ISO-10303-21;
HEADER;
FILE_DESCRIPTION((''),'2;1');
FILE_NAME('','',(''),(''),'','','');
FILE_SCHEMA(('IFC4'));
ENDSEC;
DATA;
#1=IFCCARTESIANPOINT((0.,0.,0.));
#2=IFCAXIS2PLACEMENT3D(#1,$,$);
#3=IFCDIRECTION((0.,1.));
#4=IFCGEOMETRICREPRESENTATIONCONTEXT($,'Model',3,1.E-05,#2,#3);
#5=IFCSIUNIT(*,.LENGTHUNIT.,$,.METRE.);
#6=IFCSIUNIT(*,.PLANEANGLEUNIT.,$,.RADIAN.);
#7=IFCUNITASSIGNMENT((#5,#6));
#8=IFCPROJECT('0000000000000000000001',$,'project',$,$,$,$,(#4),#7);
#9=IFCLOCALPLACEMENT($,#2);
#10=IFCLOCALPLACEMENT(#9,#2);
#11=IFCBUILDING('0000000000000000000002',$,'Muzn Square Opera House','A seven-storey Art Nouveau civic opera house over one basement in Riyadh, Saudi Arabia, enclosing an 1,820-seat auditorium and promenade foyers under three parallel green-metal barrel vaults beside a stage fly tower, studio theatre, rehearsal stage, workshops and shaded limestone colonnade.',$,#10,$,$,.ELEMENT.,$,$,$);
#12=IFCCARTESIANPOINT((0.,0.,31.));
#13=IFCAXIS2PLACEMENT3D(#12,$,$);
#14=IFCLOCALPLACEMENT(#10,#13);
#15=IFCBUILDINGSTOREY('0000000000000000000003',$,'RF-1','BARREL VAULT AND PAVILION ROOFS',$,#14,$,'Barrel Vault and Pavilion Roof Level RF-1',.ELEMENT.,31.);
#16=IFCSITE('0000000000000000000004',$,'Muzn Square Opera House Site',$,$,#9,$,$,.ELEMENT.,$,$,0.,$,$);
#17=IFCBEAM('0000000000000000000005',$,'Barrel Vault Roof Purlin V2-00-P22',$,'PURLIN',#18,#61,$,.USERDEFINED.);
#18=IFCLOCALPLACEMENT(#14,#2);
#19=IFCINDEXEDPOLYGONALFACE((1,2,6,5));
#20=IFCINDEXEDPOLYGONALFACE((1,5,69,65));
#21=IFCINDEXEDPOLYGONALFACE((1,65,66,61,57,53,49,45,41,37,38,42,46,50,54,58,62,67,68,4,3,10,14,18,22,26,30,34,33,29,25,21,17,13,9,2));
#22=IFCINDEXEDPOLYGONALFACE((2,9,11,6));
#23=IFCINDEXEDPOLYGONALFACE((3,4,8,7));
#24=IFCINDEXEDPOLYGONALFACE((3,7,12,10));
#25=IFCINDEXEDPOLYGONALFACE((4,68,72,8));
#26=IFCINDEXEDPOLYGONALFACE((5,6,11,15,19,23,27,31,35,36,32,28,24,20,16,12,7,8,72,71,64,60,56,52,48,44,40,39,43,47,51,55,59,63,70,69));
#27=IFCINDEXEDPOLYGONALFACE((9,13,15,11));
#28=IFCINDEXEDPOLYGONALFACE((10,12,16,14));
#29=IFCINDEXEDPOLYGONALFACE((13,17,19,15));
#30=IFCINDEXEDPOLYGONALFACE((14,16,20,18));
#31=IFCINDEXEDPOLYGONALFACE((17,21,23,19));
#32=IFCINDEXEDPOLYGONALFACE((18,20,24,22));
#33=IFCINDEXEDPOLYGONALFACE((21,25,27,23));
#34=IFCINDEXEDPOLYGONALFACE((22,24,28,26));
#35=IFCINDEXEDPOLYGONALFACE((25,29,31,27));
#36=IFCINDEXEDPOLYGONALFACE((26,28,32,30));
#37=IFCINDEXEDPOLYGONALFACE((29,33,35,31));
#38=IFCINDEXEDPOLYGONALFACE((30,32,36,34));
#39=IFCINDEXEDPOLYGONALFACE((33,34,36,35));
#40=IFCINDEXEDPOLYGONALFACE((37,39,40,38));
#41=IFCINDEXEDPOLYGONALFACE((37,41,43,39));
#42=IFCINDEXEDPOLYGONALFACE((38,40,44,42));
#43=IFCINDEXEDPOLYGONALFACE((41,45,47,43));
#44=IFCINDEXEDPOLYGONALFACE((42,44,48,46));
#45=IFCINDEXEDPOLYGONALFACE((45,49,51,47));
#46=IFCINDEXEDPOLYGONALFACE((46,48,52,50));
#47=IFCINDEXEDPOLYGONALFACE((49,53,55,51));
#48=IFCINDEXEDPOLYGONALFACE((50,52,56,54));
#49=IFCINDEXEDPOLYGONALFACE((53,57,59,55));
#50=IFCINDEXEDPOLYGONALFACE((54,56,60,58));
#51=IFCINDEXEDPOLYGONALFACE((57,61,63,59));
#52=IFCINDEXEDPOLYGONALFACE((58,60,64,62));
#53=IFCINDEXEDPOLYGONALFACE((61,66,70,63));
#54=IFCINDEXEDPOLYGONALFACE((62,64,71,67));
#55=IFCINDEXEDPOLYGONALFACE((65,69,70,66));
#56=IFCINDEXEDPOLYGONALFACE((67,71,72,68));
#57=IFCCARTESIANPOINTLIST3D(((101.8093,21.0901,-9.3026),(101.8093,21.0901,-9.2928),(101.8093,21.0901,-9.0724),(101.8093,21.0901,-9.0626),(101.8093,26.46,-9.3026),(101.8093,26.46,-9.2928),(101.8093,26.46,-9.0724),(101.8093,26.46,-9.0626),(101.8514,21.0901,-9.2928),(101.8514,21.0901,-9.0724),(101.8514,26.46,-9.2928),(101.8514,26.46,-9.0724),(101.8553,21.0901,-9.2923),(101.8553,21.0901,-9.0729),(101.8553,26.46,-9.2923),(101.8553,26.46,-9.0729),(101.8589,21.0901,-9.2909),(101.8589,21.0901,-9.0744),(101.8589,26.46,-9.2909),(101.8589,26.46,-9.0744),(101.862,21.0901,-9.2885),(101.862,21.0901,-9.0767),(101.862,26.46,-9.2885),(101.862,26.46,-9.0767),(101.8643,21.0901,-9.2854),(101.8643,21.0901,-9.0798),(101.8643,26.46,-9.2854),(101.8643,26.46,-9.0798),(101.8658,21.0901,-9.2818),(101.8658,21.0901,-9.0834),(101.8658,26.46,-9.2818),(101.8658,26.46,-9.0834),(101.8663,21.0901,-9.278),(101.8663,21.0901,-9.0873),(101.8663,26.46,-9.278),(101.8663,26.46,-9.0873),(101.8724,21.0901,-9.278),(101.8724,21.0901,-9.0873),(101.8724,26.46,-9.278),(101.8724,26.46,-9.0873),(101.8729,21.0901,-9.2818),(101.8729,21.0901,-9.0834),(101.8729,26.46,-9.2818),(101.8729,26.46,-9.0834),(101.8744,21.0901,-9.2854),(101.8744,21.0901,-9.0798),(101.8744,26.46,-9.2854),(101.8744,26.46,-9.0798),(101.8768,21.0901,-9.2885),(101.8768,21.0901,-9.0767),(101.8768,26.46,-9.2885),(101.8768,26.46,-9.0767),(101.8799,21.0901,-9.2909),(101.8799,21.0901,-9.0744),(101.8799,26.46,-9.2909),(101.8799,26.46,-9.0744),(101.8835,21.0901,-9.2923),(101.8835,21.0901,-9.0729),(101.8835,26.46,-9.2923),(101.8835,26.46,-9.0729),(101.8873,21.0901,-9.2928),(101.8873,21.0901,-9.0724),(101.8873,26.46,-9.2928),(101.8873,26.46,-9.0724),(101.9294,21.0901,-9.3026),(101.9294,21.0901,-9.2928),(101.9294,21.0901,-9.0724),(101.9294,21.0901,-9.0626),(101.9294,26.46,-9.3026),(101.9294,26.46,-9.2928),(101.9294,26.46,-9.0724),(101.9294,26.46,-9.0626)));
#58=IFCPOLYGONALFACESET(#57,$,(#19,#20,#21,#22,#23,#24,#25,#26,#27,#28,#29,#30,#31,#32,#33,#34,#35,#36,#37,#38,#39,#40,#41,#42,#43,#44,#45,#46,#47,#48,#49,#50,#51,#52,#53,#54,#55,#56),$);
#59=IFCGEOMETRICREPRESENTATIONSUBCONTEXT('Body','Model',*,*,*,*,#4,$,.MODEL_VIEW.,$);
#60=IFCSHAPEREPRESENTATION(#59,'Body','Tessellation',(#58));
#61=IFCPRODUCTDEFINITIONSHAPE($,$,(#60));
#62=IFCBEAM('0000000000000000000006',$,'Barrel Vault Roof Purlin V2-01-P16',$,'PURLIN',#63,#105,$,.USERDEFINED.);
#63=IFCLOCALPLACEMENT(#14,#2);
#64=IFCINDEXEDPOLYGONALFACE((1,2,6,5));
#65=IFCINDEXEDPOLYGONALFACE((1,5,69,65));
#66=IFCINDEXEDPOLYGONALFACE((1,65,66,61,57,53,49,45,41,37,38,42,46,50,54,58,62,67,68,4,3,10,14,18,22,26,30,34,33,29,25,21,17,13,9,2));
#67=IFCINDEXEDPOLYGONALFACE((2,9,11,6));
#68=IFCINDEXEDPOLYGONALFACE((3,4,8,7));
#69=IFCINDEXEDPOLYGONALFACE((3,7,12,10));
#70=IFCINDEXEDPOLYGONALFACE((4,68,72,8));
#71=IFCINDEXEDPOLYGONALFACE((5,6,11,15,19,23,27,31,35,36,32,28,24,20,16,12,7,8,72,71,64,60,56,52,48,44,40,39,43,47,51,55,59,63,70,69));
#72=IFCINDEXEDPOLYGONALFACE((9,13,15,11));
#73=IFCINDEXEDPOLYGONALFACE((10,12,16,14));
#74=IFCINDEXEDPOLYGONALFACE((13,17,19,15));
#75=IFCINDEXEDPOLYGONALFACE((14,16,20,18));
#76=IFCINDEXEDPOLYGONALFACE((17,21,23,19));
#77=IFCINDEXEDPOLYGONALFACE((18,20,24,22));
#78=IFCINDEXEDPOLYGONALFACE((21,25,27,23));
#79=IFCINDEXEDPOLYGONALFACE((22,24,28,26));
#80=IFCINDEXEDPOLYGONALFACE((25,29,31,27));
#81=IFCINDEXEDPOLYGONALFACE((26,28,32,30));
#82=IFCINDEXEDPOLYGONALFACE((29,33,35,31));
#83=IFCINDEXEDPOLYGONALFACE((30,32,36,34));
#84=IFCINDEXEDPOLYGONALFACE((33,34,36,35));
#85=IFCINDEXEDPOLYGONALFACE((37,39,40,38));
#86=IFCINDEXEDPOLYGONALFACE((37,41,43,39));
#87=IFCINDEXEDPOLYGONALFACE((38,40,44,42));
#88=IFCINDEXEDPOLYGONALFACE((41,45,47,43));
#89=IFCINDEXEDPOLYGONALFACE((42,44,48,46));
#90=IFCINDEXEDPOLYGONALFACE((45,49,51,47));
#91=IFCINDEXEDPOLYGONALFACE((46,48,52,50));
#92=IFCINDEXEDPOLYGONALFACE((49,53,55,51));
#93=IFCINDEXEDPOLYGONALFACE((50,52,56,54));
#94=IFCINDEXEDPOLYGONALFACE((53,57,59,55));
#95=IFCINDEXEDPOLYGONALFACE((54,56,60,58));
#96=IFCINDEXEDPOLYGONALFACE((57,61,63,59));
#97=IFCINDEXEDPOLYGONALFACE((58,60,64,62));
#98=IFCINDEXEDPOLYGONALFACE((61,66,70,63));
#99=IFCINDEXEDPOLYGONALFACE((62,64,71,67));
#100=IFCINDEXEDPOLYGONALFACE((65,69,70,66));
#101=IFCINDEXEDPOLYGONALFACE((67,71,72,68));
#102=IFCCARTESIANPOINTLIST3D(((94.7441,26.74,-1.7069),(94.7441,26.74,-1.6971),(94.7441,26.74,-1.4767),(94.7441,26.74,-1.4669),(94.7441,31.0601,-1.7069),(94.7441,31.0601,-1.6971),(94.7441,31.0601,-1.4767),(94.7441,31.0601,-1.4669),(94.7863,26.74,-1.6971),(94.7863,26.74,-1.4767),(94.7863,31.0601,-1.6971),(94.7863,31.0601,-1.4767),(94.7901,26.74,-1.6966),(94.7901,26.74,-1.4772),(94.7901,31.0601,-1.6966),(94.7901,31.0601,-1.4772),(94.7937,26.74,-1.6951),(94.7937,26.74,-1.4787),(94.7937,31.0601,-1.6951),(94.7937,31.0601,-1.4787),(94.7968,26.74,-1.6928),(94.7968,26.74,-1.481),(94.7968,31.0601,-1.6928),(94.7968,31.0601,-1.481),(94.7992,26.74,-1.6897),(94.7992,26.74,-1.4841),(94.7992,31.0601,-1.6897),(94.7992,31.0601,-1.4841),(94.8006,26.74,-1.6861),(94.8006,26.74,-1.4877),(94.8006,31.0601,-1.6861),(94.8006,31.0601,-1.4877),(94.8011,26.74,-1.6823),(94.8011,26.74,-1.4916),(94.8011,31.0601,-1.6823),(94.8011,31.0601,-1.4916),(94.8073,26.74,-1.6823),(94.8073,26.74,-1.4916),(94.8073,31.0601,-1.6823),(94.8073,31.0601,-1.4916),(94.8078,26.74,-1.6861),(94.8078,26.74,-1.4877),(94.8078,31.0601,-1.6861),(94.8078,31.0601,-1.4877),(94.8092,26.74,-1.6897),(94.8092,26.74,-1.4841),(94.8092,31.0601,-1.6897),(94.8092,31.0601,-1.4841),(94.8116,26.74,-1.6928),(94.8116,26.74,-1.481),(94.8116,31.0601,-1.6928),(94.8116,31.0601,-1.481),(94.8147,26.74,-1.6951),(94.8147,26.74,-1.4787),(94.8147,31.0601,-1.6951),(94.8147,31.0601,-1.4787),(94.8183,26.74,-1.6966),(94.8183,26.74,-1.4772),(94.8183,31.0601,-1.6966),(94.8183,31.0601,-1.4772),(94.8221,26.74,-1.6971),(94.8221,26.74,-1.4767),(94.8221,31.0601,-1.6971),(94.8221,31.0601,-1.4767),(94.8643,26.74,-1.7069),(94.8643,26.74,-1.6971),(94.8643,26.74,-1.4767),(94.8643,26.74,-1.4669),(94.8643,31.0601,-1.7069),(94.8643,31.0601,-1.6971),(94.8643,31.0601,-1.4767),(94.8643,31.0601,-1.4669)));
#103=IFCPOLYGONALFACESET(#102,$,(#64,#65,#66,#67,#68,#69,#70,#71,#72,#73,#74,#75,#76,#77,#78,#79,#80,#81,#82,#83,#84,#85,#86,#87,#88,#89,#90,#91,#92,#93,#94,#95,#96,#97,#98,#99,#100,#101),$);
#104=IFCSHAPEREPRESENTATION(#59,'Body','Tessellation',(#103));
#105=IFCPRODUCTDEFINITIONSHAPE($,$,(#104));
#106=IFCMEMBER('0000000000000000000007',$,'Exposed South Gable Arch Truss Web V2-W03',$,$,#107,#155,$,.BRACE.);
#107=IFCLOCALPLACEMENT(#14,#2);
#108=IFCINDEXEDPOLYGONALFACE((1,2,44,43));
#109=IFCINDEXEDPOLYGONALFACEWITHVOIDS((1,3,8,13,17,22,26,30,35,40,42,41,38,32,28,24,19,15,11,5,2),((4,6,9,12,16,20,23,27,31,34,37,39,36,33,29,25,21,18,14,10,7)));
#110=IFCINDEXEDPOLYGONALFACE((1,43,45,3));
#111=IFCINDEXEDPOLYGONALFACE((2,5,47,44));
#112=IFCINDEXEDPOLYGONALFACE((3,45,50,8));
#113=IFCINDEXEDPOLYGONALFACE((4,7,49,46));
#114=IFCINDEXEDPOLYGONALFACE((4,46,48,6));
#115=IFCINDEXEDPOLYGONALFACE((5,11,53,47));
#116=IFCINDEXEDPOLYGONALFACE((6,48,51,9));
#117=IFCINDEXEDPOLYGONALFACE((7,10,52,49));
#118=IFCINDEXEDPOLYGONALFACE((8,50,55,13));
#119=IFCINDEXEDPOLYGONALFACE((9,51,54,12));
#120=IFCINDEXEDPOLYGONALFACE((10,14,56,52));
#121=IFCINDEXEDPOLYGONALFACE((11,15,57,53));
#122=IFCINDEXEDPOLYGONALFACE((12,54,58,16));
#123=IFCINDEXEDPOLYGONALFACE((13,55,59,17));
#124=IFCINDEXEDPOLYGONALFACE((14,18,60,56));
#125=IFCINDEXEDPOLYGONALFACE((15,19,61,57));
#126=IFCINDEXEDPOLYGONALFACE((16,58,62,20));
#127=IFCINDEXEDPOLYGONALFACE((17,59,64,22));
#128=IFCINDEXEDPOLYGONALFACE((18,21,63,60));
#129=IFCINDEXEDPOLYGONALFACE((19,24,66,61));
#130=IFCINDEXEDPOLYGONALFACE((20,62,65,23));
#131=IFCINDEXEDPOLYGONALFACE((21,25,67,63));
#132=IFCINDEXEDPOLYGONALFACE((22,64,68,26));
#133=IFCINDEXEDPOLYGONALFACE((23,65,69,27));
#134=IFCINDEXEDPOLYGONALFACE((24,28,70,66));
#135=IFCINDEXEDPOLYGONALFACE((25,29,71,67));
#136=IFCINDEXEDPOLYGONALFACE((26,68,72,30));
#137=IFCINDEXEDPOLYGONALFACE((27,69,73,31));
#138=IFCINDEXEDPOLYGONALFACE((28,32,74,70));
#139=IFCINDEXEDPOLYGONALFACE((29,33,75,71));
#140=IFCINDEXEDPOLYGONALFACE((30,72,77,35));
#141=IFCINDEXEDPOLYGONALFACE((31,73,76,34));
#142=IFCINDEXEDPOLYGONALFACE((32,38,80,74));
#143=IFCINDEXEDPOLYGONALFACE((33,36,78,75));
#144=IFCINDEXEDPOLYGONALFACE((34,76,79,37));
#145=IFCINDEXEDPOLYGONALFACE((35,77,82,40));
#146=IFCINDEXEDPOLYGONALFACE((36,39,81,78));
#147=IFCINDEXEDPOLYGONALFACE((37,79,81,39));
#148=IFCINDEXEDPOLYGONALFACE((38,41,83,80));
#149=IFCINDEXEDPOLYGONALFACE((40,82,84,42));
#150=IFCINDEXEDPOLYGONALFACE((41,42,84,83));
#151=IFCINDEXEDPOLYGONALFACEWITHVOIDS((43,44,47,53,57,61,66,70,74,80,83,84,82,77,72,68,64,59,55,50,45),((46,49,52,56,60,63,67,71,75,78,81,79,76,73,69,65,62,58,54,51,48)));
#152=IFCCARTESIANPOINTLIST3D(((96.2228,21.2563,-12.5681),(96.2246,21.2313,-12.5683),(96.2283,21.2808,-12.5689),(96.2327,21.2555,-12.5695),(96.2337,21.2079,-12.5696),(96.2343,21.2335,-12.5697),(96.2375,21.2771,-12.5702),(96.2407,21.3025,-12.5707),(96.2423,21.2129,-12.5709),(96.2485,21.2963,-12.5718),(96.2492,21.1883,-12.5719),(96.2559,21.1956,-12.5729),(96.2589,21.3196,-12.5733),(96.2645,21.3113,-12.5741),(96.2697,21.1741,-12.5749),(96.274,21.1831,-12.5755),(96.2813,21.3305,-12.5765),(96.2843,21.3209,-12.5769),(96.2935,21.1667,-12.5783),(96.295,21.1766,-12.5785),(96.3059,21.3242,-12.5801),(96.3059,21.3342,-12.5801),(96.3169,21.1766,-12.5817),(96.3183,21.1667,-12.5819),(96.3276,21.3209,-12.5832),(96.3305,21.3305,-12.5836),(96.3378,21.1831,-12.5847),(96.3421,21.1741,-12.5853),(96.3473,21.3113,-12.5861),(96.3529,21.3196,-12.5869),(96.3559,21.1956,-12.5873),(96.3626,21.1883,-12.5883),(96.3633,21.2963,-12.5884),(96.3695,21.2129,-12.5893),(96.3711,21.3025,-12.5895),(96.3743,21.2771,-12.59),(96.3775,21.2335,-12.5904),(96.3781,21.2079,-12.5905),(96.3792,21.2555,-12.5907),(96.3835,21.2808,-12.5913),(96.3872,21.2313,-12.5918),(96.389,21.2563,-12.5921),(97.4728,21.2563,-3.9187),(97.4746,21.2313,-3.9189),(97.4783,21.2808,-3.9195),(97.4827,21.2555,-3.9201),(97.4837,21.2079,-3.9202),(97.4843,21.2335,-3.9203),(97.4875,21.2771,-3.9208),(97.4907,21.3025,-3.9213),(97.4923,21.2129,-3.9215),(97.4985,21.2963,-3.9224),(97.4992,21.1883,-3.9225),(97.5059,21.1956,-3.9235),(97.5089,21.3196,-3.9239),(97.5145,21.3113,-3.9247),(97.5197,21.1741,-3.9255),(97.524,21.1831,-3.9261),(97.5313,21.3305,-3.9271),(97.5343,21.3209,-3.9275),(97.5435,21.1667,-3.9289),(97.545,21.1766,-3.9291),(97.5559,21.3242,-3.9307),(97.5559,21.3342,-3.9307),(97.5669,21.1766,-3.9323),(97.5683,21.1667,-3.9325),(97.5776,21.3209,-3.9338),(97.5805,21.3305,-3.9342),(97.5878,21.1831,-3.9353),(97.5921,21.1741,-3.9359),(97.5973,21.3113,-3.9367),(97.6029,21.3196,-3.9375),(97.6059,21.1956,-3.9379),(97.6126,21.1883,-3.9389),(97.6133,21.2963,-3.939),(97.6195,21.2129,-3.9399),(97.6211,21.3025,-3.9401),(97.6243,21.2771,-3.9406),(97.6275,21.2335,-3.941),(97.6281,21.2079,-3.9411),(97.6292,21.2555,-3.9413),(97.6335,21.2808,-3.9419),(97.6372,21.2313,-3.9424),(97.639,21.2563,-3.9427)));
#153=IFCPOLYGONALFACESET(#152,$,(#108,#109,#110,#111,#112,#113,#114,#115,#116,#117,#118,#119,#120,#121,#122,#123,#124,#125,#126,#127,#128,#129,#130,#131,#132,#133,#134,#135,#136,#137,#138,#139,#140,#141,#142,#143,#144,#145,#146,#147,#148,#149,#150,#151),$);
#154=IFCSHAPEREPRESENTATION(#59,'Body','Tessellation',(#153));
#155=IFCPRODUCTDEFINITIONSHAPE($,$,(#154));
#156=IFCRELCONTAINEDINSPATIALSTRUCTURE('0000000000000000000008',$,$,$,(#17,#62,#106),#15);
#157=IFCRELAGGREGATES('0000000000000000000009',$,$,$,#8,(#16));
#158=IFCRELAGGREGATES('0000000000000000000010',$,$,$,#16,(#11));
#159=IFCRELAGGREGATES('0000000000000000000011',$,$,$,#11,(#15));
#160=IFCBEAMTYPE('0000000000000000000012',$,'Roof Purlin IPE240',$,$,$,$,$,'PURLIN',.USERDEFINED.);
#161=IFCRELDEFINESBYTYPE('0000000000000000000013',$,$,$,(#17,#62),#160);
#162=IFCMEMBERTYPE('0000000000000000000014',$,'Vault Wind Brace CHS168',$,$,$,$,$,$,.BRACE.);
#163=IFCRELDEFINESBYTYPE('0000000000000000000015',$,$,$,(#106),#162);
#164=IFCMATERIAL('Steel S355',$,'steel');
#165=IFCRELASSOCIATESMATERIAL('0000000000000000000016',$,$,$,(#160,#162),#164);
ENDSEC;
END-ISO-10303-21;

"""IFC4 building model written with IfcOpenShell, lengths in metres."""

from ifc_helpers import new_model, si_unit, direction, frame, origin, origin_2d, place, context, subcontext, project, spatial, hollow_circle, i_section, extrude, material, material_profile, profile_set, type_object, element, save


model = new_model("IFC4")

# Units and contexts
model_context = context("Model", 3, precision=1e-05, world=origin(), true_north=direction((0.0, 1.0)))
body_context = subcontext(model_context, "Body", "Model", "MODEL_VIEW")
ifc_project = project(units=[si_unit("LENGTHUNIT", "METRE"), si_unit("PLANEANGLEUNIT", "RADIAN")], contexts=[model_context])

# Site, building, storey
site_placement = place(None, origin())
site = spatial("IfcSite", under=ifc_project, at=site_placement, Name="Muzn Square Opera House Site", CompositionType="ELEMENT", RefElevation=0.0)
building_placement = place(site_placement, origin())
building = spatial("IfcBuilding", under=site, at=building_placement, Name="Muzn Square Opera House", Description="A seven-storey Art Nouveau civic opera house over one basement in Riyadh, Saudi Arabia, enclosing an 1,820-seat auditorium and promenade foyers under three parallel green-metal barrel vaults beside a stage fly tower, studio theatre, rehearsal stage, workshops and shaded limestone colonnade.", CompositionType="ELEMENT")
storey_placement = place(building_placement, frame((0.0, 0.0, 31.0)))
storey = spatial("IfcBuildingStorey", under=building, at=storey_placement, Name="RF-1", Description="BARREL VAULT AND PAVILION ROOFS", LongName="Barrel Vault and Pavilion Roof Level RF-1", CompositionType="ELEMENT", Elevation=31.0)

# Beams
ifc_material_1 = material(Name="Steel S355", Category="steel")
ifc_material_profile_1 = material_profile(ifc_material_1, i_section(OverallWidth=0.1201, OverallDepth=0.24, WebThickness=0.0061, FlangeThickness=0.0098, FilletRadius=0.0149, at=origin_2d()), Name="IPE 240", Category="steel")
ifc_profile_set_1 = profile_set([ifc_material_profile_1], Name="Steel S355")
beam_type_1 = type_object("IfcBeamType", Name="Roof Purlin IPE240", ElementType="PURLIN", PredefinedType="USERDEFINED", material=ifc_profile_set_1)
for number, where, z_axis, x_axis, name in (
    (1, (101.8694, 21.0901, -9.1826), (0.0, 1.0, 0.0), (-1.0, 0.0, 0.0), "Barrel Vault Roof Purlin V2-00-P22"),
):
    element("IfcBeam", number, at=place(storey_placement, frame(where, z_axis=z_axis, x_axis=x_axis)), inside=storey, type_object=beam_type_1, Name=name, ObjectType="PURLIN", PredefinedType="USERDEFINED", context=body_context, shape_type="SweptSolid", body=[
        extrude(i_section(OverallWidth=0.1201, OverallDepth=0.24, WebThickness=0.0061, FlangeThickness=0.0098, FilletRadius=0.0149, at=origin_2d()), origin(), (0.0, 0.0, 1.0), 5.3699),
    ])
beam_1_placement = place(storey_placement, frame((94.8042, 26.74, -1.5869), z_axis=(0.0, 1.0, 0.0), x_axis=(-1.0, 0.0, 0.0)))
element("IfcBeam", 2, at=beam_1_placement, inside=storey, type_object=beam_type_1, Name="Barrel Vault Roof Purlin V2-01-P16", ObjectType="PURLIN", PredefinedType="USERDEFINED", context=body_context, shape_type="SweptSolid", body=[
    extrude(i_section(OverallWidth=0.1201, OverallDepth=0.24, WebThickness=0.0061, FlangeThickness=0.0098, FilletRadius=0.0149, at=origin_2d()), origin(), (0.0, 0.0, 1.0), 4.3201),
])

# Member
ifc_material_profile_2 = material_profile(ifc_material_1, hollow_circle(Radius=0.0842, WallThickness=0.01, at=origin_2d()), Name="CHS 168.3x10", Category="steel")
ifc_profile_set_2 = profile_set([ifc_material_profile_2], Name="Steel S355")
member_type = type_object("IfcMemberType", Name="Vault Wind Brace CHS168", PredefinedType="BRACE", material=ifc_profile_set_2)
member_1_placement = place(storey_placement, frame((96.3059, 21.25, -12.5801), z_axis=(0.143033, 0.0, 0.989718), x_axis=(0.0, 1.0, 0.0)))
element("IfcMember", 3, at=member_1_placement, inside=storey, type_object=member_type, Name="Exposed South Gable Arch Truss Web V2-W03", PredefinedType="BRACE", context=body_context, shape_type="SweptSolid", body=[
    extrude(hollow_circle(Radius=0.0842, WallThickness=0.01, at=origin_2d()), origin(), (0.0, 0.0, 1.0), 8.7393),
])

save(model, "model.ifc")
